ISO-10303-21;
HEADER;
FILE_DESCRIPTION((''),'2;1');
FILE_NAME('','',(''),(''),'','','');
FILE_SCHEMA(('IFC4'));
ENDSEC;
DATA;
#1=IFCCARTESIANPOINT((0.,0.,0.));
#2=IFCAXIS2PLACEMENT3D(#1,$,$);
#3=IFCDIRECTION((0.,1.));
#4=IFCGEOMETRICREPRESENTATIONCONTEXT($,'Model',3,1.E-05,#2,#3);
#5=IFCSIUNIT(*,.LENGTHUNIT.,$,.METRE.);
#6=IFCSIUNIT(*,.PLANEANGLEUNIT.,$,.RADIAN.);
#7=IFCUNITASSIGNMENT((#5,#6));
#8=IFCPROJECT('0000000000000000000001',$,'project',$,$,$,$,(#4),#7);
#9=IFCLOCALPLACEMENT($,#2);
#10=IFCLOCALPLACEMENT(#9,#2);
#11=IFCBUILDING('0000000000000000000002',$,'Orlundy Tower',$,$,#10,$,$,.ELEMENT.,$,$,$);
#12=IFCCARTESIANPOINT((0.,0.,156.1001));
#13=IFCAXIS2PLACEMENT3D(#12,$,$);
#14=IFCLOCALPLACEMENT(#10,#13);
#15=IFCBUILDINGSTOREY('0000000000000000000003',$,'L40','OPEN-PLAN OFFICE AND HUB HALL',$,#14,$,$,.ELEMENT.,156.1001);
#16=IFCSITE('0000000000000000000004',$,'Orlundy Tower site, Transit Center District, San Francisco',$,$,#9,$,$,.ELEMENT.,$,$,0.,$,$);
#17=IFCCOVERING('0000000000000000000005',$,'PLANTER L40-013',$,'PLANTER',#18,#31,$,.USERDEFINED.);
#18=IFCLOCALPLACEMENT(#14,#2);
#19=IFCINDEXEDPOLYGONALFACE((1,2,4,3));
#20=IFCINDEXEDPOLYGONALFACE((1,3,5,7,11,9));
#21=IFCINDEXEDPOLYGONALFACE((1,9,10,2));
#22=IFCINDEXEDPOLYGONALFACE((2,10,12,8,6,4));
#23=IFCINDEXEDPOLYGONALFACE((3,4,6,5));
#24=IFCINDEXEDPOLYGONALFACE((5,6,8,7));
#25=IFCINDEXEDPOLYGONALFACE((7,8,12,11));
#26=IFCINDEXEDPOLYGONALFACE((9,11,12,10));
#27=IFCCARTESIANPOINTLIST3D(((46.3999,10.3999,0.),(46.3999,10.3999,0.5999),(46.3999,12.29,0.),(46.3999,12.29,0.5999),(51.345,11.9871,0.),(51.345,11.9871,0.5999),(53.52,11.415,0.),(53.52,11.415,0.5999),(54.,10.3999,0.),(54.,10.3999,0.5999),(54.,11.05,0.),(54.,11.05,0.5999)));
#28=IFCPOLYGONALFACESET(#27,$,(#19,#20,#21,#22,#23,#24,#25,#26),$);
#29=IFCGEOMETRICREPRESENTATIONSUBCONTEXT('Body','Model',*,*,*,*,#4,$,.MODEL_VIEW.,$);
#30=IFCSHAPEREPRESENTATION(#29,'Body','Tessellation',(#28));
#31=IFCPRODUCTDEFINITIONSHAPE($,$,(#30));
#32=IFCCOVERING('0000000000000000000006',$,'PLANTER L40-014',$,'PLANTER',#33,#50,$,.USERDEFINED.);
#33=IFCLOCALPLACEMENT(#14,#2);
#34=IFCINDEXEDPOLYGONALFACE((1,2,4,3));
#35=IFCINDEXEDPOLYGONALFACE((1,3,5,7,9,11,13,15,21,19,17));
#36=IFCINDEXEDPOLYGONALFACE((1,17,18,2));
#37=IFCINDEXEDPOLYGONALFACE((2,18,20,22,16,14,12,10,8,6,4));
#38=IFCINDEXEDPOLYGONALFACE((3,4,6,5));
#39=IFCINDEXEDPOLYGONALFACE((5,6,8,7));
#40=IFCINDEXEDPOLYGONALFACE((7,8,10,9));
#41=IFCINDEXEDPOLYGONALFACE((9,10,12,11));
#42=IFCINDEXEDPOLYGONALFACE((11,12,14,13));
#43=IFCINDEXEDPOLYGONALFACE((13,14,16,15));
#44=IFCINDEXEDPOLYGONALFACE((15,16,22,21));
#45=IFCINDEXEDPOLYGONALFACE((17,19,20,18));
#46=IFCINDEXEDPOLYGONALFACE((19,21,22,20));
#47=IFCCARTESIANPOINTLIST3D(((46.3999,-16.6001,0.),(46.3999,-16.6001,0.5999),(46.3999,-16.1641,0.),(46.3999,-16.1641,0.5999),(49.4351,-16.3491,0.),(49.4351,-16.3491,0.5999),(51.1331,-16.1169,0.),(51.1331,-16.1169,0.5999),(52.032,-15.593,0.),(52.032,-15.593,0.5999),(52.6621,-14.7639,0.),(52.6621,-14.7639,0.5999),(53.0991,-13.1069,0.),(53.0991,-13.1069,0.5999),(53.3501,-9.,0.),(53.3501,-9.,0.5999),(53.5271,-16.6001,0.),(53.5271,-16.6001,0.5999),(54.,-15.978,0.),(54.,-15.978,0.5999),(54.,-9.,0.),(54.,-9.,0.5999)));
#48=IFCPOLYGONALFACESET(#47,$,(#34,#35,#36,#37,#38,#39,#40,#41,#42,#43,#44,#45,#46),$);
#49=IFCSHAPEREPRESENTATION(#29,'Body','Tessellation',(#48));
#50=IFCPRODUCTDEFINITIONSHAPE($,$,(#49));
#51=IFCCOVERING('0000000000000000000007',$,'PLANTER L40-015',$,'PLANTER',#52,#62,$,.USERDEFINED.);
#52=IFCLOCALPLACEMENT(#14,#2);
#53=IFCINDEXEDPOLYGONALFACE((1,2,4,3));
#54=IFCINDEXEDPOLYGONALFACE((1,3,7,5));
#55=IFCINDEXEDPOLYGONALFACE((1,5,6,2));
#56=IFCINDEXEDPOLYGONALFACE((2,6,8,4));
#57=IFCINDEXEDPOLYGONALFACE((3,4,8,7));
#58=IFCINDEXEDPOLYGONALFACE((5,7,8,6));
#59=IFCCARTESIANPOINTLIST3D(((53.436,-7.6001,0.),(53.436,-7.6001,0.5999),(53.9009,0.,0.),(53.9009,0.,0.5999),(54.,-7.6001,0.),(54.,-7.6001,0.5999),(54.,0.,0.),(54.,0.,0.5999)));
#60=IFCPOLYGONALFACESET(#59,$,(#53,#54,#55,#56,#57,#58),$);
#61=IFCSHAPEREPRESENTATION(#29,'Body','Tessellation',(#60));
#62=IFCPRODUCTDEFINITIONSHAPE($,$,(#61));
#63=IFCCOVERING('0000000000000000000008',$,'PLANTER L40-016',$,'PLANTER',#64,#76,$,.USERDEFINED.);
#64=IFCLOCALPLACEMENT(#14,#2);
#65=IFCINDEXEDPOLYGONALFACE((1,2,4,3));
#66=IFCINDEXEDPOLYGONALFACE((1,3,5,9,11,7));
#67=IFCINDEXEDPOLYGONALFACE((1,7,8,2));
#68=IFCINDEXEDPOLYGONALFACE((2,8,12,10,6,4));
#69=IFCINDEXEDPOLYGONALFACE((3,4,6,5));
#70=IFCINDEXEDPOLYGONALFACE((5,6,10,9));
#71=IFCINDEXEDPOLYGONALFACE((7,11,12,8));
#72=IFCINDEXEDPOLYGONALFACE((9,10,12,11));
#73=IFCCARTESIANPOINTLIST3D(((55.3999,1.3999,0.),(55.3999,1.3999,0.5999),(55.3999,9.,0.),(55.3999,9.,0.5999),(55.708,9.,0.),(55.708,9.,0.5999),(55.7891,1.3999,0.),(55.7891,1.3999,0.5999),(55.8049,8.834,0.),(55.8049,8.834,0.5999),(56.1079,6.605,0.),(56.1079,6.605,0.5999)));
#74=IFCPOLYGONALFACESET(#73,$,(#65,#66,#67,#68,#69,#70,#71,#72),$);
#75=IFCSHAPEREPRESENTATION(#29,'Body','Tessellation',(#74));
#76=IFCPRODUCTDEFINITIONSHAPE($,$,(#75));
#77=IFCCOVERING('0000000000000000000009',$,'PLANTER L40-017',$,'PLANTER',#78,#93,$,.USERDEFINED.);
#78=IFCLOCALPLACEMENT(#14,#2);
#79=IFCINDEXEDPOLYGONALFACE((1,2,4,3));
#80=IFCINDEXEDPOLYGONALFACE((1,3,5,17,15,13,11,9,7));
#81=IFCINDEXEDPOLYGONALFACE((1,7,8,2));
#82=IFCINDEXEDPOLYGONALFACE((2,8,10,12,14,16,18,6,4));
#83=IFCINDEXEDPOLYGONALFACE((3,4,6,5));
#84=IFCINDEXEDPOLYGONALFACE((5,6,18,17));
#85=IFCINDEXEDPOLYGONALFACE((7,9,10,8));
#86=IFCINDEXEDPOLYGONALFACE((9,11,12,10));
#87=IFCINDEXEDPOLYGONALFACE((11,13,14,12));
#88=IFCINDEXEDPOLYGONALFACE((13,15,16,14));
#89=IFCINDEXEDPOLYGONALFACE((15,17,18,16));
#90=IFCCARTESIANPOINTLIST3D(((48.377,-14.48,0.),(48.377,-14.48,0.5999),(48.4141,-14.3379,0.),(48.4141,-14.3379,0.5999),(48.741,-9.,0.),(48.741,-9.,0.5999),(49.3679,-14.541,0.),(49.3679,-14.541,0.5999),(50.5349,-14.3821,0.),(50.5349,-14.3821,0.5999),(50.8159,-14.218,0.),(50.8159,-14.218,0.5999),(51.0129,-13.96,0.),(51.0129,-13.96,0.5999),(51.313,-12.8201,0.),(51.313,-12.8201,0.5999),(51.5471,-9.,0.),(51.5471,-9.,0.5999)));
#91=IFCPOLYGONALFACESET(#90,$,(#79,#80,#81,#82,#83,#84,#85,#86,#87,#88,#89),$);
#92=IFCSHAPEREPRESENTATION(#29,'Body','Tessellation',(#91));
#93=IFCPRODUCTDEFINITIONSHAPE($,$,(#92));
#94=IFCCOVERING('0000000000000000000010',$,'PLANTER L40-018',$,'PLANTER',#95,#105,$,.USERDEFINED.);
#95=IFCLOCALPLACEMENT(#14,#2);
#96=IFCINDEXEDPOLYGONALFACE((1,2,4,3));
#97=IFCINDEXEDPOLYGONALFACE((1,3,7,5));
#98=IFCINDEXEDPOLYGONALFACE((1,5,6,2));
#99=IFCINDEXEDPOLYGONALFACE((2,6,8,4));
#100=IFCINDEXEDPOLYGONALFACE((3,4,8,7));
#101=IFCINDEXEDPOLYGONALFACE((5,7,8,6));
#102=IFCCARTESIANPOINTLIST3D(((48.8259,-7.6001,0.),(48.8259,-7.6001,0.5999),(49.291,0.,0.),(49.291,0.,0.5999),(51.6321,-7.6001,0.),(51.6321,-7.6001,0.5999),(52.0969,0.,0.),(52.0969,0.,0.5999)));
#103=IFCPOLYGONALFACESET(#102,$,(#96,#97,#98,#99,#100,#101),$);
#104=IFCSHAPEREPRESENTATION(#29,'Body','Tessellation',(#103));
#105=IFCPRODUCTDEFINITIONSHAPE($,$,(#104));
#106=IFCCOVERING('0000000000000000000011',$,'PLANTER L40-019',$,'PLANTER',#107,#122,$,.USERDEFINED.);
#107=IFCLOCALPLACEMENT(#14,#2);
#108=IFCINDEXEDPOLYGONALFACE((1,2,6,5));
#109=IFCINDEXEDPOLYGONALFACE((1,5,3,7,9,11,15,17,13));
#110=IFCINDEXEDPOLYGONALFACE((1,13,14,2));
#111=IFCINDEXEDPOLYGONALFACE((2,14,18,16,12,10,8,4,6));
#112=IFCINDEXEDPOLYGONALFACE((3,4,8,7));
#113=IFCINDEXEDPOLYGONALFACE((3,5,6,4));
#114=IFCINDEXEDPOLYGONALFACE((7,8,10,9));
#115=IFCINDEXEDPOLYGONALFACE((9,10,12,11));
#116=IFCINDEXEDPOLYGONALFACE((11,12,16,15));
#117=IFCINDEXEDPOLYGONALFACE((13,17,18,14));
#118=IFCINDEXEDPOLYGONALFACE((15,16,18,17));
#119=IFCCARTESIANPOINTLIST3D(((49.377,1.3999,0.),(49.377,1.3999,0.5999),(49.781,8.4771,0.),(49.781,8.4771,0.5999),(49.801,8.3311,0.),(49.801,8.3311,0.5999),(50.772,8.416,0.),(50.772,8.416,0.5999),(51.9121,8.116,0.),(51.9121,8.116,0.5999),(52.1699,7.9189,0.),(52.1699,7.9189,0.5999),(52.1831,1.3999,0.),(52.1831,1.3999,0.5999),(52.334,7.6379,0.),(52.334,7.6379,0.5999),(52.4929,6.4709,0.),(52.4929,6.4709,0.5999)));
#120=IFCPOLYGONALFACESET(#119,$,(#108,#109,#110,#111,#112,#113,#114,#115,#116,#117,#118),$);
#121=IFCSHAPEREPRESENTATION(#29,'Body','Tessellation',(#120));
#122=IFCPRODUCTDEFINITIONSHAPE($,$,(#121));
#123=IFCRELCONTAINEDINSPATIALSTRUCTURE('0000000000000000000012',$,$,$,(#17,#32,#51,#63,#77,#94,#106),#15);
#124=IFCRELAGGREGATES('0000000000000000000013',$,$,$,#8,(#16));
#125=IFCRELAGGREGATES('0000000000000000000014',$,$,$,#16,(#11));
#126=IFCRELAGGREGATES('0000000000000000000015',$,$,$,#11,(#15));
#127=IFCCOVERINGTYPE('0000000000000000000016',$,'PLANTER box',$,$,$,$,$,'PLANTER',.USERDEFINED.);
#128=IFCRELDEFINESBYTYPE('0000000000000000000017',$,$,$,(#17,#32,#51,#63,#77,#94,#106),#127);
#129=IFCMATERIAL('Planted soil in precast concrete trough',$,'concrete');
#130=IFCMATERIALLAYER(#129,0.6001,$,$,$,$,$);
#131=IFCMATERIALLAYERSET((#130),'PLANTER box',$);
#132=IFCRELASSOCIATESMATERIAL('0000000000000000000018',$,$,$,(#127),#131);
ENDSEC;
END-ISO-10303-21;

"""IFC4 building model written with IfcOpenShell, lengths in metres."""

from ifc_helpers import new_model, si_unit, direction, frame, origin, place, context, subcontext, project, spatial, polyline, outline, extrude, material, layer, layer_set, type_object, element, save


model = new_model("IFC4")

# Units and contexts
model_context = context("Model", 3, precision=1e-05, world=origin(), true_north=direction((0.0, 1.0)))
body_context = subcontext(model_context, "Body", "Model", "MODEL_VIEW")
ifc_project = project(units=[si_unit("LENGTHUNIT", "METRE"), si_unit("PLANEANGLEUNIT", "RADIAN")], contexts=[model_context])

# Site, building, storey
site_placement = place(None, origin())
site = spatial("IfcSite", under=ifc_project, at=site_placement, Name="Orlundy Tower site, Transit Center District, San Francisco", CompositionType="ELEMENT", RefElevation=0.0)
building_placement = place(site_placement, origin())
building = spatial("IfcBuilding", under=site, at=building_placement, Name="Orlundy Tower", CompositionType="ELEMENT")
storey_placement = place(building_placement, frame((0.0, 0.0, 156.1001)))
storey = spatial("IfcBuildingStorey", under=building, at=storey_placement, Name="L40", Description="OPEN-PLAN OFFICE AND HUB HALL", CompositionType="ELEMENT", Elevation=156.1001)

# Coverings
ifc_material_1 = material(Name="Planted soil in precast concrete trough", Category="concrete")
ifc_layer_1 = layer(ifc_material_1, 0.6001)
ifc_layer_set_1 = layer_set([ifc_layer_1], Name="PLANTER box")
covering_type = type_object("IfcCoveringType", Name="PLANTER box", ElementType="PLANTER", PredefinedType="USERDEFINED", material=ifc_layer_set_1)
covering_1_placement = place(storey_placement, origin())
element("IfcCovering", 1, at=covering_1_placement, inside=storey, type_object=covering_type, Name="PLANTER L40-013", ObjectType="PLANTER", PredefinedType="USERDEFINED", context=body_context, shape_type="SweptSolid", body=[
    extrude(outline(polyline([(51.345, 11.9871), (53.52, 11.415), (54.0, 11.05), (54.0, 10.3999), (46.3999, 10.3999), (46.3999, 12.29), (51.345, 11.9871)])), origin(), (0.0, 0.0, 1.0), 0.5999),
])
covering_2_placement = place(storey_placement, origin())
element("IfcCovering", 2, at=covering_2_placement, inside=storey, type_object=covering_type, Name="PLANTER L40-014", ObjectType="PLANTER", PredefinedType="USERDEFINED", context=body_context, shape_type="SweptSolid", body=[
    extrude(outline(polyline([(53.5271, -16.6001), (46.3999, -16.6001), (46.3999, -16.1641), (49.4351, -16.3491), (51.1331, -16.1169), (52.032, -15.593), (52.6621, -14.7639), (53.0991, -13.1069), (53.3501, -9.0), (54.0, -9.0), (54.0, -15.978), (53.5271, -16.6001)])), origin(), (0.0, 0.0, 1.0), 0.5999),
])
covering_3_placement = place(storey_placement, origin())
element("IfcCovering", 3, at=covering_3_placement, inside=storey, type_object=covering_type, Name="PLANTER L40-015", ObjectType="PLANTER", PredefinedType="USERDEFINED", context=body_context, shape_type="SweptSolid", body=[
    extrude(outline(polyline([(53.9009, 0.0), (54.0, 0.0), (54.0, -7.6001), (53.436, -7.6001), (53.9009, 0.0)])), origin(), (0.0, 0.0, 1.0), 0.5999),
])
covering_4_placement = place(storey_placement, origin())
element("IfcCovering", 4, at=covering_4_placement, inside=storey, type_object=covering_type, Name="PLANTER L40-016", ObjectType="PLANTER", PredefinedType="USERDEFINED", context=body_context, shape_type="SweptSolid", body=[
    extrude(outline(polyline([(55.8049, 8.834), (56.1079, 6.605), (55.7891, 1.3999), (55.3999, 1.3999), (55.3999, 9.0), (55.708, 9.0), (55.8049, 8.834)])), origin(), (0.0, 0.0, 1.0), 0.5999),
])
covering_5_placement = place(storey_placement, origin())
element("IfcCovering", 5, at=covering_5_placement, inside=storey, type_object=covering_type, Name="PLANTER L40-017", ObjectType="PLANTER", PredefinedType="USERDEFINED", context=body_context, shape_type="SweptSolid", body=[
    extrude(outline(polyline([(48.4141, -14.3379), (48.741, -9.0), (51.5471, -9.0), (51.313, -12.8201), (51.0129, -13.96), (50.8159, -14.218), (50.5349, -14.3821), (49.3679, -14.541), (48.377, -14.48), (48.4141, -14.3379)])), origin(), (0.0, 0.0, 1.0), 0.5999),
])
covering_6_placement = place(storey_placement, origin())
element("IfcCovering", 6, at=covering_6_placement, inside=storey, type_object=covering_type, Name="PLANTER L40-018", ObjectType="PLANTER", PredefinedType="USERDEFINED", context=body_context, shape_type="SweptSolid", body=[
    extrude(outline(polyline([(49.291, 0.0), (52.0969, 0.0), (51.6321, -7.6001), (48.8259, -7.6001), (49.291, 0.0)])), origin(), (0.0, 0.0, 1.0), 0.5999),
])
covering_7_placement = place(storey_placement, origin())
element("IfcCovering", 7, at=covering_7_placement, inside=storey, type_object=covering_type, Name="PLANTER L40-019", ObjectType="PLANTER", PredefinedType="USERDEFINED", context=body_context, shape_type="SweptSolid", body=[
    extrude(outline(polyline([(49.801, 8.3311), (49.781, 8.4771), (50.772, 8.416), (51.9121, 8.116), (52.1699, 7.9189), (52.334, 7.6379), (52.4929, 6.4709), (52.1831, 1.3999), (49.377, 1.3999), (49.801, 8.3311)])), origin(), (0.0, 0.0, 1.0), 0.5999),
])

save(model, "model.ifc")
